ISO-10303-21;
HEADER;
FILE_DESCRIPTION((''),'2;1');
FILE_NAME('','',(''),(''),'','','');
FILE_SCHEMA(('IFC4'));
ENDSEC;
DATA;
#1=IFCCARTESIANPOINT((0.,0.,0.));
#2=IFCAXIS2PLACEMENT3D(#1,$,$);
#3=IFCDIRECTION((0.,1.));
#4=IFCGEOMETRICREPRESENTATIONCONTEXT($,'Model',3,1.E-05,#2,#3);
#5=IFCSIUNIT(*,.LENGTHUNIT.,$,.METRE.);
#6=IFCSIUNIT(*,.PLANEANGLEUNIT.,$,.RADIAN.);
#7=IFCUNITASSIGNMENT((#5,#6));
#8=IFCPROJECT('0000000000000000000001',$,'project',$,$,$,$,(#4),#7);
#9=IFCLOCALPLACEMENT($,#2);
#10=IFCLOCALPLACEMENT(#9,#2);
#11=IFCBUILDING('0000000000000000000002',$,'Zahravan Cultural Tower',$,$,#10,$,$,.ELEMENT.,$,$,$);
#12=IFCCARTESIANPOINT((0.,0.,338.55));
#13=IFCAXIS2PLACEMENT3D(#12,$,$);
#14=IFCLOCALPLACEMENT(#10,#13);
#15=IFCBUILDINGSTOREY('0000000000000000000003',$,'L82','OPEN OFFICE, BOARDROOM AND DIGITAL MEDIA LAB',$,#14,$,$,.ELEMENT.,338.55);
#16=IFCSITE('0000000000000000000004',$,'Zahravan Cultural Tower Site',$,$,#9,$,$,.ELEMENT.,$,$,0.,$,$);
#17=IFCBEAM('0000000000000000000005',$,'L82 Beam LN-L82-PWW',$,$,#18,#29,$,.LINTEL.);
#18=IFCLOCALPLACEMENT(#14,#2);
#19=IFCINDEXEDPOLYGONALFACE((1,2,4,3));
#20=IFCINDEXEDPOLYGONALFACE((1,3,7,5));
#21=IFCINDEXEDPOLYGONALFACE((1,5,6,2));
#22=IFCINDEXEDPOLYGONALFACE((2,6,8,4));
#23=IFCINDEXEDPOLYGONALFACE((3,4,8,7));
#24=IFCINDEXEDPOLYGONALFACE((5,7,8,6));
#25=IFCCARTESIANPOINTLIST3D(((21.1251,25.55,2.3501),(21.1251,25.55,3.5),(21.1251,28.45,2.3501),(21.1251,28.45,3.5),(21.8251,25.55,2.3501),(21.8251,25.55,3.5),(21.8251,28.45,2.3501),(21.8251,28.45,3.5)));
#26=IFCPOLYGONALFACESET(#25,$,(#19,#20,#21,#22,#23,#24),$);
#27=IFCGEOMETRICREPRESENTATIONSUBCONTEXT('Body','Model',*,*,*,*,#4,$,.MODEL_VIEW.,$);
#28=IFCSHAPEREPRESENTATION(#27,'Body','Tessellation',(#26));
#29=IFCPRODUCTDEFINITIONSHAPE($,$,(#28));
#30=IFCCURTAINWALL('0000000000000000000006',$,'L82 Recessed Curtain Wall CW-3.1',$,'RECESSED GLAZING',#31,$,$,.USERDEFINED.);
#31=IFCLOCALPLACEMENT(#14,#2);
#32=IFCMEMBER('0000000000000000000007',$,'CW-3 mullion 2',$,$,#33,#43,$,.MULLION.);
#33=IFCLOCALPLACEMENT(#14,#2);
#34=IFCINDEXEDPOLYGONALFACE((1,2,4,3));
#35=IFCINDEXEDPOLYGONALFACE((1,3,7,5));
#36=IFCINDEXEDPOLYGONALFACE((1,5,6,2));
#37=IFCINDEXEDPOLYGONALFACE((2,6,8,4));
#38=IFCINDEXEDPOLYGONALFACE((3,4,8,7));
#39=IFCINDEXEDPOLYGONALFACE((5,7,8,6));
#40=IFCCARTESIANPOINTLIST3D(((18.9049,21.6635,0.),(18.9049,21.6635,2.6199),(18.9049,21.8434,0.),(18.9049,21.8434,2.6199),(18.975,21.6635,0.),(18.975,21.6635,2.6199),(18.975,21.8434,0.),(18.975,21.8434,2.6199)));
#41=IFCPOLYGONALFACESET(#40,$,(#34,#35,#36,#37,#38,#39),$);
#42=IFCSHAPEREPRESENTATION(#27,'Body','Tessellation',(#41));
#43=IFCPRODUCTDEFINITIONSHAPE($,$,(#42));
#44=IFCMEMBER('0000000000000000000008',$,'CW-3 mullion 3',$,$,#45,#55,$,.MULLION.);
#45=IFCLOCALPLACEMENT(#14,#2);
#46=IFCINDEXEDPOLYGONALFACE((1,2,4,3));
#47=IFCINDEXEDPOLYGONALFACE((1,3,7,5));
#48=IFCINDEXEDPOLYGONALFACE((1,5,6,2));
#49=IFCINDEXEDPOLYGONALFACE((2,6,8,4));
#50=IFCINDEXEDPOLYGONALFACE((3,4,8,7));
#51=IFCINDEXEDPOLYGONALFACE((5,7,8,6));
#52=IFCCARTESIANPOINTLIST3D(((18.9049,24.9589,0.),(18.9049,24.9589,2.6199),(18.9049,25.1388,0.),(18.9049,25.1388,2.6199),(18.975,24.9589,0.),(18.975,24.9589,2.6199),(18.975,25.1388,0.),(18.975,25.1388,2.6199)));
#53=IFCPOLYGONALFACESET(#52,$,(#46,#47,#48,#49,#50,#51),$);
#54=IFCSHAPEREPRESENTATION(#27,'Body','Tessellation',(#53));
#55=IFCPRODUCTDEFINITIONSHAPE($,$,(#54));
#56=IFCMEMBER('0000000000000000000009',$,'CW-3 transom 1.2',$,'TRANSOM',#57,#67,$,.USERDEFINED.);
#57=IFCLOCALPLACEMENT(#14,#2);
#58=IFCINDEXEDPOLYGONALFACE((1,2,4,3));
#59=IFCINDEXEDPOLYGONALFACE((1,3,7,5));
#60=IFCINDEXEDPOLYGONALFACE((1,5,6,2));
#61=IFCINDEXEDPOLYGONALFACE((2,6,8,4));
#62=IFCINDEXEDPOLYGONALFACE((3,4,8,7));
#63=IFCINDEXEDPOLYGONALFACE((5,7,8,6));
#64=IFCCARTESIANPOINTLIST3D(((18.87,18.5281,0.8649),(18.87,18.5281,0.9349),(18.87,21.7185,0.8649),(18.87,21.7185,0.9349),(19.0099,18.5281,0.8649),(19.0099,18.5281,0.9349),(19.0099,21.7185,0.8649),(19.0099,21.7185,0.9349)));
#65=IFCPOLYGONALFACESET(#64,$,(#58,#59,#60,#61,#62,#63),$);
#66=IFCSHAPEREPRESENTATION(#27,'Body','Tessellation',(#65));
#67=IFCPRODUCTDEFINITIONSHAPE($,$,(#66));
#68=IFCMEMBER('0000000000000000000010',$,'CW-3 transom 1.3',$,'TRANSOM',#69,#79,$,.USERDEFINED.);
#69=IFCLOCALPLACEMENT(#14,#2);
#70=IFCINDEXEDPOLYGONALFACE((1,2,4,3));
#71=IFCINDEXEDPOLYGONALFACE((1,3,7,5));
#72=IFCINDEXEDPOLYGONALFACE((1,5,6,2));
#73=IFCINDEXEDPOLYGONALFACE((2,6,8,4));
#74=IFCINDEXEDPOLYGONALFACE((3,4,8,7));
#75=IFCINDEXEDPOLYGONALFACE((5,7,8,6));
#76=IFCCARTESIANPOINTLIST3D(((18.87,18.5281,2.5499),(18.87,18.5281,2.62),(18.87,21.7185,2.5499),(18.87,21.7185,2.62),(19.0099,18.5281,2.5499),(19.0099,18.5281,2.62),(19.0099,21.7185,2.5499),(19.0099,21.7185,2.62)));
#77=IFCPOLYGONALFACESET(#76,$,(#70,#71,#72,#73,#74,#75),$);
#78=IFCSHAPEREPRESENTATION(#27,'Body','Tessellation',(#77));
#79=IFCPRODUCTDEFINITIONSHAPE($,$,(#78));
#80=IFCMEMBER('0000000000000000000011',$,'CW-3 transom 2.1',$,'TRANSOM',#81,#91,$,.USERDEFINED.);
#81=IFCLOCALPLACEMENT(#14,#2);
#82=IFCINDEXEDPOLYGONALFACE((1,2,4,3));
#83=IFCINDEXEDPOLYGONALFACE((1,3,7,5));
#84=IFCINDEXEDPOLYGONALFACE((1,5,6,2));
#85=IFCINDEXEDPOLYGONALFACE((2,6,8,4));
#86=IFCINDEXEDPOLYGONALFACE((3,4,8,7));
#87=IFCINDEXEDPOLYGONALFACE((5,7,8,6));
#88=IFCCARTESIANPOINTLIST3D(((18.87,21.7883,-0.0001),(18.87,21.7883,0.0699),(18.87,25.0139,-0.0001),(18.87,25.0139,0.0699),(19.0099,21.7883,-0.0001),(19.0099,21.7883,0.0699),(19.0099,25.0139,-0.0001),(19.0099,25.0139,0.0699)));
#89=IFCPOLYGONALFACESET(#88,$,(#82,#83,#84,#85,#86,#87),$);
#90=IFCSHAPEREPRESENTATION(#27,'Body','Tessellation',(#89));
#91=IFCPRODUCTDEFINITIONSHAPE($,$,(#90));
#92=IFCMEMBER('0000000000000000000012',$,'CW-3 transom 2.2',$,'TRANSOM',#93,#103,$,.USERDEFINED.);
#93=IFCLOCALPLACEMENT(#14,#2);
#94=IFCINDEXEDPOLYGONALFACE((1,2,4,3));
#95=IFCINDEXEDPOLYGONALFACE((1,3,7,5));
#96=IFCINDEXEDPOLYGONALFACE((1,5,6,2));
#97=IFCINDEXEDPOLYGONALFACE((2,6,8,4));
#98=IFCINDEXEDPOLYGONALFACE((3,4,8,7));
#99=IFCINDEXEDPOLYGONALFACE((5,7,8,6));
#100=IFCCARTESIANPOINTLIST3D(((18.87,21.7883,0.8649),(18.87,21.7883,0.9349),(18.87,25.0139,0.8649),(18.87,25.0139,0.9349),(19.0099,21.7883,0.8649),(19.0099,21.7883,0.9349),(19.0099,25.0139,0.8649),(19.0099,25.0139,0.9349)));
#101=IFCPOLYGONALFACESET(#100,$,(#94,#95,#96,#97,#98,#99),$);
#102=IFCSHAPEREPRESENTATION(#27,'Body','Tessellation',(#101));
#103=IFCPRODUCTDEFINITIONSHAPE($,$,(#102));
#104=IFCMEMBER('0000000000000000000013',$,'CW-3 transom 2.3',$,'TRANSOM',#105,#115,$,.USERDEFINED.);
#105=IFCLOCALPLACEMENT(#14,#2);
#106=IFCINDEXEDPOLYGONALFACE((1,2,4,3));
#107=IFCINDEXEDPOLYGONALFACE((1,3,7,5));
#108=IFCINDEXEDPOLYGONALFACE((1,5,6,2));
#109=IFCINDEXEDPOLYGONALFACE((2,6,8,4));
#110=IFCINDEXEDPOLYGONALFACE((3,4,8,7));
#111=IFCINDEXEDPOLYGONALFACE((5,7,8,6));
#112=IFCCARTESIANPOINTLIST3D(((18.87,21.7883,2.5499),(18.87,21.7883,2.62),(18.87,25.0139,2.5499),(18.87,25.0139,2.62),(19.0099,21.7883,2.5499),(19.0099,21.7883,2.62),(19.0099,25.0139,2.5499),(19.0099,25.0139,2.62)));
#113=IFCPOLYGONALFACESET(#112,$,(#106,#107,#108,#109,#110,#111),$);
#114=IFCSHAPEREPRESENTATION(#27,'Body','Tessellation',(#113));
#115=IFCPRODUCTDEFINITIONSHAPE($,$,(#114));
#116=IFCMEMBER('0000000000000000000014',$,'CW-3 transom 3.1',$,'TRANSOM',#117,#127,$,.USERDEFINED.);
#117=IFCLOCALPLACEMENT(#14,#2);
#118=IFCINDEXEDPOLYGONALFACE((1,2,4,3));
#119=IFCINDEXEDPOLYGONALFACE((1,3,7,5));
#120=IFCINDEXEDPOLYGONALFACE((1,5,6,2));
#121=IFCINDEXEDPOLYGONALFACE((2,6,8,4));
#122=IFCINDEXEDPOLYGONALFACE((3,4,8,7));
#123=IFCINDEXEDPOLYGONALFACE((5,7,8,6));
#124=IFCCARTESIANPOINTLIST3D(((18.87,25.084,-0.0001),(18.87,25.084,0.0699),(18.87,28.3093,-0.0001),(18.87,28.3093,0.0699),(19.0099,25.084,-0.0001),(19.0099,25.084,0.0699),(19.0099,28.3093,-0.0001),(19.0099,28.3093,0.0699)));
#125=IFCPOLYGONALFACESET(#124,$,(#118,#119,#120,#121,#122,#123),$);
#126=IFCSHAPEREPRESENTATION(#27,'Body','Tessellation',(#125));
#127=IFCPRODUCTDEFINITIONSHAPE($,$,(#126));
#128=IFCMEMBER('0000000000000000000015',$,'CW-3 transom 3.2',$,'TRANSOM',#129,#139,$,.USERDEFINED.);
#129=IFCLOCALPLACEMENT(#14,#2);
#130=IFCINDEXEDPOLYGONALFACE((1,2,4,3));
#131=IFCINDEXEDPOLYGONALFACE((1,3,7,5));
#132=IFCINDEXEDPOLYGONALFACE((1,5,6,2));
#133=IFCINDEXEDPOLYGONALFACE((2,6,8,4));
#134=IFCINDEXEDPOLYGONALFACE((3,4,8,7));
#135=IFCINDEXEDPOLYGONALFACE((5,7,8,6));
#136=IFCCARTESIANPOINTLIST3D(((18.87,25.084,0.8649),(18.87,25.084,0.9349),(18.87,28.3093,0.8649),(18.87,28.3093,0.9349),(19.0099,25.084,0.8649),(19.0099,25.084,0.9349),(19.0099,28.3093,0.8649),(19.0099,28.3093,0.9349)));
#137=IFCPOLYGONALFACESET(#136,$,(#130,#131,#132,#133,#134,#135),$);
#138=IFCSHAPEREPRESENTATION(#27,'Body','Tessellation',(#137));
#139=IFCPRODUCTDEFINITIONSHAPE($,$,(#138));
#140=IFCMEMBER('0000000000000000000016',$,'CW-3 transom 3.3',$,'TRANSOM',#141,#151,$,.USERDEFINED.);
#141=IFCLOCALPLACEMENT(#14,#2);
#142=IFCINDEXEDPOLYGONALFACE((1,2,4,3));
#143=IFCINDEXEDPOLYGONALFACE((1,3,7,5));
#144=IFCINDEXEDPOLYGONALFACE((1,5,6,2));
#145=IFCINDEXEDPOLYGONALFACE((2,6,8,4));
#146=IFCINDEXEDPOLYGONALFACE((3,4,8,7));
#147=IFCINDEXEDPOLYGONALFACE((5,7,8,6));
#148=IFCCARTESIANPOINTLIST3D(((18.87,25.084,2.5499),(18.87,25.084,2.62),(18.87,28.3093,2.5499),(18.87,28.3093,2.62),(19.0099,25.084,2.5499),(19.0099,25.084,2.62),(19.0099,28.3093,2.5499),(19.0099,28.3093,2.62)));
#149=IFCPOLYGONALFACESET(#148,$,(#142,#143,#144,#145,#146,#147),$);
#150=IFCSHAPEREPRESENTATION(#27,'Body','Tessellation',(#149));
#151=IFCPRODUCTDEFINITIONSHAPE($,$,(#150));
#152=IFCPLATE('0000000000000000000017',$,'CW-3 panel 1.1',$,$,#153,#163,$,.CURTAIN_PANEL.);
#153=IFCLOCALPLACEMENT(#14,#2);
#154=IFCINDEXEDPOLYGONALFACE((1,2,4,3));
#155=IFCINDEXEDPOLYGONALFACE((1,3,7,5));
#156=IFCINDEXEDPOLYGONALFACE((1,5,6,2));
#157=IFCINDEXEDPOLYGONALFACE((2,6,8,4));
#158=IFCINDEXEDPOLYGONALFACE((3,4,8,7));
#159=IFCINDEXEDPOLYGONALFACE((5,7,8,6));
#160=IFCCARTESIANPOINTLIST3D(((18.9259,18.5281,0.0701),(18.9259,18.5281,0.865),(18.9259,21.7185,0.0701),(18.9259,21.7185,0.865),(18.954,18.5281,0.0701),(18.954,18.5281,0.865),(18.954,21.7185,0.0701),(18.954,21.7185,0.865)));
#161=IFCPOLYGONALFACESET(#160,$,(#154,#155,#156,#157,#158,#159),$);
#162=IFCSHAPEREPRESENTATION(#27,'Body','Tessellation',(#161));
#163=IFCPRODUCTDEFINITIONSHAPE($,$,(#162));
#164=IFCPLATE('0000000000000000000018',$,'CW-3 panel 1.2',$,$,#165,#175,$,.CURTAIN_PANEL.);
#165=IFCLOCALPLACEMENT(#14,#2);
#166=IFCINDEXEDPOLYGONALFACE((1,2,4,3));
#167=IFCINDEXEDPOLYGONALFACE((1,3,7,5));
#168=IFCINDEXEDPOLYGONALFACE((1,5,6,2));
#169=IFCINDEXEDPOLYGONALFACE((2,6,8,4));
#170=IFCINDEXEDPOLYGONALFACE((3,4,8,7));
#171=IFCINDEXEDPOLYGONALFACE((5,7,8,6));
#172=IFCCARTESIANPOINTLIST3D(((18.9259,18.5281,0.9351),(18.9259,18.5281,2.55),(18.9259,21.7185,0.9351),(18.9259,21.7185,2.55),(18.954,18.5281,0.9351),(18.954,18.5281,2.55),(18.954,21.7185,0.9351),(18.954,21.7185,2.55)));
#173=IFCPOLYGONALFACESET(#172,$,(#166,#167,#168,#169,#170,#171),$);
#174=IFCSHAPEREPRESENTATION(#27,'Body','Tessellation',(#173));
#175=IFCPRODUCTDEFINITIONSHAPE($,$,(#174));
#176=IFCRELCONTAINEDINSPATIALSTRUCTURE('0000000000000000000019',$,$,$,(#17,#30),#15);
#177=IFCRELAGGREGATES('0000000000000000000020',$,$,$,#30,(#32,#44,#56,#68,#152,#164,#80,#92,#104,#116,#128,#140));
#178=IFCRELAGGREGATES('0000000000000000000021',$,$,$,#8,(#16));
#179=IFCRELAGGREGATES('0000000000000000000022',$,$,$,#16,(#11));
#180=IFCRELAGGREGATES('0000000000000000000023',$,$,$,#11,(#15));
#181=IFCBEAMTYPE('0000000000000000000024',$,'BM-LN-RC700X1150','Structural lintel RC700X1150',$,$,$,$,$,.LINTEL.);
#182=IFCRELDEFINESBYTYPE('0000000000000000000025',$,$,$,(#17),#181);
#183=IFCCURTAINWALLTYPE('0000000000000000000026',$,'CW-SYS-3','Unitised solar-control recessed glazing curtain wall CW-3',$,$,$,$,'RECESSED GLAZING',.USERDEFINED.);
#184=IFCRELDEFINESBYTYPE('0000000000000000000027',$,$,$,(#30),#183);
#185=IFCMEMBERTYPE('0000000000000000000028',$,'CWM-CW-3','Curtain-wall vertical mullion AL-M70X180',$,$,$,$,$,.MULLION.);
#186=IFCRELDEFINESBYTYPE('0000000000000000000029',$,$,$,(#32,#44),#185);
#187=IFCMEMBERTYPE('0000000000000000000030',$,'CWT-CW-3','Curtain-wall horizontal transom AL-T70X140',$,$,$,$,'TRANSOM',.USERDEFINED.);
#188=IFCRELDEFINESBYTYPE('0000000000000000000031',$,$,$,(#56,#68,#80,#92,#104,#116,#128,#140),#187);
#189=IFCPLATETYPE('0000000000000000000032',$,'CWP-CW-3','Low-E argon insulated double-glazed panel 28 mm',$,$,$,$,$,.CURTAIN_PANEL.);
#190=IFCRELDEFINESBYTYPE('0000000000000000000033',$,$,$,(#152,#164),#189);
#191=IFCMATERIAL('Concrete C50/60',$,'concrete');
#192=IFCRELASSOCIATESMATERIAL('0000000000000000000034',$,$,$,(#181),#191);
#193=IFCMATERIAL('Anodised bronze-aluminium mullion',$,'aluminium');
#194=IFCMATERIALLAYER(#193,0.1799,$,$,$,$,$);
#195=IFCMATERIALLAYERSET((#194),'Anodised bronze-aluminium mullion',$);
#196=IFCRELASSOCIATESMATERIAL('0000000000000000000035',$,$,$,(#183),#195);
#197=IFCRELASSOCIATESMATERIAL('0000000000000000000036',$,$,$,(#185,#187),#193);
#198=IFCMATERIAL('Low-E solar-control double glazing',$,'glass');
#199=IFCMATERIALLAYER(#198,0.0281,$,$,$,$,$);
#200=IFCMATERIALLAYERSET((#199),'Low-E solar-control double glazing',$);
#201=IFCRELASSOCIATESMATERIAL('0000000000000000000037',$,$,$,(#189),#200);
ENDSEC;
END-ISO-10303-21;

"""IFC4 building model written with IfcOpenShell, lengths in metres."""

from ifc_helpers import new_model, si_unit, direction, frame, origin, origin_2d, place, context, subcontext, project, spatial, rectangle, extrude, source, transform, mapped, material, layer, layer_set, material_profile, profile_set, type_object, element, aggregate, save


model = new_model("IFC4")

# Units and contexts
model_context = context("Model", 3, precision=1e-05, world=origin(), true_north=direction((0.0, 1.0)))
body_context = subcontext(model_context, "Body", "Model", "MODEL_VIEW")
ifc_project = project(units=[si_unit("LENGTHUNIT", "METRE"), si_unit("PLANEANGLEUNIT", "RADIAN")], contexts=[model_context])

# Site, building, storey
site_placement = place(None, origin())
site = spatial("IfcSite", under=ifc_project, at=site_placement, Name="Zahravan Cultural Tower Site", CompositionType="ELEMENT", RefElevation=0.0)
building_placement = place(site_placement, origin())
building = spatial("IfcBuilding", under=site, at=building_placement, Name="Zahravan Cultural Tower", CompositionType="ELEMENT")
storey_placement = place(building_placement, frame((0.0, 0.0, 338.55)))
storey = spatial("IfcBuildingStorey", under=building, at=storey_placement, Name="L82", Description="OPEN OFFICE, BOARDROOM AND DIGITAL MEDIA LAB", CompositionType="ELEMENT", Elevation=338.55)

# Beam
ifc_material_1 = material(Name="Concrete C50/60", Category="concrete")
ifc_material_profile_1 = material_profile(ifc_material_1, rectangle(XDim=0.7, YDim=1.1499, at=origin_2d()), Name="RC700X1150")
ifc_profile_set_1 = profile_set([ifc_material_profile_1], Name="Concrete C50/60")
beam_type = type_object("IfcBeamType", Name="BM-LN-RC700X1150", Description="Structural lintel RC700X1150", PredefinedType="LINTEL", material=ifc_profile_set_1)
shared_shape_1 = source(origin(), body_context, "Body", "SweptSolid", [
    extrude(rectangle(XDim=0.7, YDim=1.1499, at=origin_2d()), origin(), (0.0, 0.0, 1.0), 2.8999),
])
beam_placement = place(storey_placement, frame((21.4751, 25.55, 2.925), z_axis=(0.0, 1.0, 0.0), x_axis=(-1.0, 0.0, 0.0)))
element("IfcBeam", 1, at=beam_placement, inside=storey, type_object=beam_type, Name="L82 Beam LN-L82-PWW", PredefinedType="LINTEL", context=body_context, shape_type="MappedRepresentation", body=[
    mapped(shared_shape_1, transform((0.0, 0.0, 0.0), x_axis=(1.0, 0.0, 0.0), y_axis=(0.0, 1.0, 0.0), z_axis=(0.0, 0.0, 1.0), scale=1.0)),
])

# Curtain wall, members, plates
ifc_material_2 = material(Name="Anodised bronze-aluminium mullion", Category="aluminium")
ifc_layer_1 = layer(ifc_material_2, 0.1799)
ifc_layer_set_1 = layer_set([ifc_layer_1], Name="Anodised bronze-aluminium mullion")
curtain_wall_type = type_object("IfcCurtainWallType", Name="CW-SYS-3", Description="Unitised solar-control recessed glazing curtain wall CW-3", ElementType="RECESSED GLAZING", PredefinedType="USERDEFINED", material=ifc_layer_set_1)
curtain_wall_placement = place(storey_placement, origin())
curtain_wall = element("IfcCurtainWall", 2, at=curtain_wall_placement, inside=storey, type_object=curtain_wall_type, Name="L82 Recessed Curtain Wall CW-3.1", ObjectType="RECESSED GLAZING", PredefinedType="USERDEFINED")
ifc_material_profile_2 = material_profile(ifc_material_2, rectangle(XDim=0.0701, YDim=0.1799, at=origin_2d()), Name="AL-M70X180")
ifc_profile_set_2 = profile_set([ifc_material_profile_2], Name="Anodised bronze-aluminium mullion")
member_type_1 = type_object("IfcMemberType", Name="CWM-CW-3", Description="Curtain-wall vertical mullion AL-M70X180", PredefinedType="MULLION", material=ifc_profile_set_2)
shared_shape_2 = source(origin(), body_context, "Body", "SweptSolid", [
    extrude(rectangle(XDim=0.0701, YDim=0.1799, at=origin_2d()), origin(), (0.0, 0.0, 1.0), 2.6199),
])
member_1_placement = place(storey_placement, frame((18.9399, 21.7534, 0.0), z_axis=(0.0, 0.0, 1.0), x_axis=(-1.0, 0.0, 0.0)))
member_1 = element("IfcMember", 3, at=member_1_placement, type_object=member_type_1, Name="CW-3 mullion 2", PredefinedType="MULLION", context=body_context, shape_type="MappedRepresentation", body=[
    mapped(shared_shape_2, transform((0.0, 0.0, 0.0), x_axis=(1.0, 0.0, 0.0), y_axis=(0.0, 1.0, 0.0), z_axis=(0.0, 0.0, 1.0), scale=1.0)),
])
member_2_placement = place(storey_placement, frame((18.9399, 25.0488, 0.0), z_axis=(0.0, 0.0, 1.0), x_axis=(-1.0, 0.0, 0.0)))
member_2 = element("IfcMember", 4, at=member_2_placement, type_object=member_type_1, Name="CW-3 mullion 3", PredefinedType="MULLION", context=body_context, shape_type="MappedRepresentation", body=[
    mapped(shared_shape_2, transform((0.0, 0.0, 0.0), x_axis=(1.0, 0.0, 0.0), y_axis=(0.0, 1.0, 0.0), z_axis=(0.0, 0.0, 1.0), scale=1.0)),
])
ifc_material_profile_3 = material_profile(ifc_material_2, rectangle(XDim=0.1399, YDim=0.0701, at=origin_2d()), Name="AL-T70X140")
ifc_profile_set_3 = profile_set([ifc_material_profile_3], Name="Anodised bronze-aluminium mullion")
member_type_2 = type_object("IfcMemberType", Name="CWT-CW-3", Description="Curtain-wall horizontal transom AL-T70X140", ElementType="TRANSOM", PredefinedType="USERDEFINED", material=ifc_profile_set_3)
shared_shape_3 = source(origin(), body_context, "Body", "SweptSolid", [
    extrude(rectangle(XDim=0.1399, YDim=0.0701, at=origin_2d()), origin(), (0.0, 0.0, 1.0), 3.1904),
])
member_3_placement = place(storey_placement, frame((18.9399, 18.5281, 0.8999), z_axis=(0.0, 1.0, 0.0), x_axis=(-1.0, 0.0, 0.0)))
member_3 = element("IfcMember", 5, at=member_3_placement, type_object=member_type_2, Name="CW-3 transom 1.2", ObjectType="TRANSOM", PredefinedType="USERDEFINED", context=body_context, shape_type="MappedRepresentation", body=[
    mapped(shared_shape_3, transform((0.0, 0.0, 0.0), x_axis=(1.0, 0.0, 0.0), y_axis=(0.0, 1.0, 0.0), z_axis=(0.0, 0.0, 1.0), scale=1.0)),
])
member_4_placement = place(storey_placement, frame((18.9399, 18.5281, 2.585), z_axis=(0.0, 1.0, 0.0), x_axis=(-1.0, 0.0, 0.0)))
member_4 = element("IfcMember", 6, at=member_4_placement, type_object=member_type_2, Name="CW-3 transom 1.3", ObjectType="TRANSOM", PredefinedType="USERDEFINED", context=body_context, shape_type="MappedRepresentation", body=[
    mapped(shared_shape_3, transform((0.0, 0.0, 0.0), x_axis=(1.0, 0.0, 0.0), y_axis=(0.0, 1.0, 0.0), z_axis=(0.0, 0.0, 1.0), scale=1.0)),
])
shared_shape_4 = source(origin(), body_context, "Body", "SweptSolid", [
    extrude(rectangle(XDim=0.1399, YDim=0.0701, at=origin_2d()), origin(), (0.0, 0.0, 1.0), 3.2256),
])
member_5_placement = place(storey_placement, frame((18.9399, 21.7883, 0.0349), z_axis=(0.0, 1.0, 0.0), x_axis=(-1.0, 0.0, 0.0)))
member_5 = element("IfcMember", 7, at=member_5_placement, type_object=member_type_2, Name="CW-3 transom 2.1", ObjectType="TRANSOM", PredefinedType="USERDEFINED", context=body_context, shape_type="MappedRepresentation", body=[
    mapped(shared_shape_4, transform((0.0, 0.0, 0.0), x_axis=(1.0, 0.0, 0.0), y_axis=(0.0, 1.0, 0.0), z_axis=(0.0, 0.0, 1.0), scale=1.0)),
])
member_6_placement = place(storey_placement, frame((18.9399, 21.7883, 0.8999), z_axis=(0.0, 1.0, 0.0), x_axis=(-1.0, 0.0, 0.0)))
member_6 = element("IfcMember", 8, at=member_6_placement, type_object=member_type_2, Name="CW-3 transom 2.2", ObjectType="TRANSOM", PredefinedType="USERDEFINED", context=body_context, shape_type="MappedRepresentation", body=[
    mapped(shared_shape_4, transform((0.0, 0.0, 0.0), x_axis=(1.0, 0.0, 0.0), y_axis=(0.0, 1.0, 0.0), z_axis=(0.0, 0.0, 1.0), scale=1.0)),
])
member_7_placement = place(storey_placement, frame((18.9399, 21.7883, 2.585), z_axis=(0.0, 1.0, 0.0), x_axis=(-1.0, 0.0, 0.0)))
member_7 = element("IfcMember", 9, at=member_7_placement, type_object=member_type_2, Name="CW-3 transom 2.3", ObjectType="TRANSOM", PredefinedType="USERDEFINED", context=body_context, shape_type="MappedRepresentation", body=[
    mapped(shared_shape_4, transform((0.0, 0.0, 0.0), x_axis=(1.0, 0.0, 0.0), y_axis=(0.0, 1.0, 0.0), z_axis=(0.0, 0.0, 1.0), scale=1.0)),
])
shared_shape_5 = source(origin(), body_context, "Body", "SweptSolid", [
    extrude(rectangle(XDim=0.1399, YDim=0.0701, at=origin_2d()), origin(), (0.0, 0.0, 1.0), 3.2253),
])
member_8_placement = place(storey_placement, frame((18.9399, 25.084, 0.0349), z_axis=(0.0, 1.0, 0.0), x_axis=(-1.0, 0.0, 0.0)))
member_8 = element("IfcMember", 10, at=member_8_placement, type_object=member_type_2, Name="CW-3 transom 3.1", ObjectType="TRANSOM", PredefinedType="USERDEFINED", context=body_context, shape_type="MappedRepresentation", body=[
    mapped(shared_shape_5, transform((0.0, 0.0, 0.0), x_axis=(1.0, 0.0, 0.0), y_axis=(0.0, 1.0, 0.0), z_axis=(0.0, 0.0, 1.0), scale=1.0)),
])
member_9_placement = place(storey_placement, frame((18.9399, 25.084, 0.8999), z_axis=(0.0, 1.0, 0.0), x_axis=(-1.0, 0.0, 0.0)))
member_9 = element("IfcMember", 11, at=member_9_placement, type_object=member_type_2, Name="CW-3 transom 3.2", ObjectType="TRANSOM", PredefinedType="USERDEFINED", context=body_context, shape_type="MappedRepresentation", body=[
    mapped(shared_shape_5, transform((0.0, 0.0, 0.0), x_axis=(1.0, 0.0, 0.0), y_axis=(0.0, 1.0, 0.0), z_axis=(0.0, 0.0, 1.0), scale=1.0)),
])
member_10_placement = place(storey_placement, frame((18.9399, 25.084, 2.585), z_axis=(0.0, 1.0, 0.0), x_axis=(-1.0, 0.0, 0.0)))
member_10 = element("IfcMember", 12, at=member_10_placement, type_object=member_type_2, Name="CW-3 transom 3.3", ObjectType="TRANSOM", PredefinedType="USERDEFINED", context=body_context, shape_type="MappedRepresentation", body=[
    mapped(shared_shape_5, transform((0.0, 0.0, 0.0), x_axis=(1.0, 0.0, 0.0), y_axis=(0.0, 1.0, 0.0), z_axis=(0.0, 0.0, 1.0), scale=1.0)),
])
ifc_material_3 = material(Name="Low-E solar-control double glazing", Category="glass")
ifc_layer_2 = layer(ifc_material_3, 0.0281)
ifc_layer_set_2 = layer_set([ifc_layer_2], Name="Low-E solar-control double glazing")
plate_type = type_object("IfcPlateType", Name="CWP-CW-3", Description="Low-E argon insulated double-glazed panel 28 mm", PredefinedType="CURTAIN_PANEL", material=ifc_layer_set_2)
shared_shape_6 = source(origin(), body_context, "Body", "SweptSolid", [
    extrude(rectangle(XDim=3.1904, YDim=0.0281, at=origin_2d()), origin(), (0.0, 0.0, 1.0), 0.7949),
])
plate_1_placement = place(storey_placement, frame((18.9399, 20.1233, 0.0701), z_axis=(0.0, 0.0, 1.0), x_axis=(0.0, 1.0, 0.0)))
plate_1 = element("IfcPlate", 13, at=plate_1_placement, type_object=plate_type, Name="CW-3 panel 1.1", PredefinedType="CURTAIN_PANEL", context=body_context, shape_type="MappedRepresentation", body=[
    mapped(shared_shape_6, transform((0.0, 0.0, 0.0), x_axis=(1.0, 0.0, 0.0), y_axis=(0.0, 1.0, 0.0), z_axis=(0.0, 0.0, 1.0), scale=1.0)),
])
shared_shape_7 = source(origin(), body_context, "Body", "SweptSolid", [
    extrude(rectangle(XDim=3.1904, YDim=0.0281, at=origin_2d()), origin(), (0.0, 0.0, 1.0), 1.615),
])
plate_2_placement = place(storey_placement, frame((18.9399, 20.1233, 0.9351), z_axis=(0.0, 0.0, 1.0), x_axis=(0.0, 1.0, 0.0)))
plate_2 = element("IfcPlate", 14, at=plate_2_placement, type_object=plate_type, Name="CW-3 panel 1.2", PredefinedType="CURTAIN_PANEL", context=body_context, shape_type="MappedRepresentation", body=[
    mapped(shared_shape_7, transform((0.0, 0.0, 0.0), x_axis=(1.0, 0.0, 0.0), y_axis=(0.0, 1.0, 0.0), z_axis=(0.0, 0.0, 1.0), scale=1.0)),
])
aggregate(curtain_wall, [member_1, member_2, member_3, member_4, plate_1, plate_2, member_5, member_6, member_7, member_8, member_9, member_10])

save(model, "model.ifc")
